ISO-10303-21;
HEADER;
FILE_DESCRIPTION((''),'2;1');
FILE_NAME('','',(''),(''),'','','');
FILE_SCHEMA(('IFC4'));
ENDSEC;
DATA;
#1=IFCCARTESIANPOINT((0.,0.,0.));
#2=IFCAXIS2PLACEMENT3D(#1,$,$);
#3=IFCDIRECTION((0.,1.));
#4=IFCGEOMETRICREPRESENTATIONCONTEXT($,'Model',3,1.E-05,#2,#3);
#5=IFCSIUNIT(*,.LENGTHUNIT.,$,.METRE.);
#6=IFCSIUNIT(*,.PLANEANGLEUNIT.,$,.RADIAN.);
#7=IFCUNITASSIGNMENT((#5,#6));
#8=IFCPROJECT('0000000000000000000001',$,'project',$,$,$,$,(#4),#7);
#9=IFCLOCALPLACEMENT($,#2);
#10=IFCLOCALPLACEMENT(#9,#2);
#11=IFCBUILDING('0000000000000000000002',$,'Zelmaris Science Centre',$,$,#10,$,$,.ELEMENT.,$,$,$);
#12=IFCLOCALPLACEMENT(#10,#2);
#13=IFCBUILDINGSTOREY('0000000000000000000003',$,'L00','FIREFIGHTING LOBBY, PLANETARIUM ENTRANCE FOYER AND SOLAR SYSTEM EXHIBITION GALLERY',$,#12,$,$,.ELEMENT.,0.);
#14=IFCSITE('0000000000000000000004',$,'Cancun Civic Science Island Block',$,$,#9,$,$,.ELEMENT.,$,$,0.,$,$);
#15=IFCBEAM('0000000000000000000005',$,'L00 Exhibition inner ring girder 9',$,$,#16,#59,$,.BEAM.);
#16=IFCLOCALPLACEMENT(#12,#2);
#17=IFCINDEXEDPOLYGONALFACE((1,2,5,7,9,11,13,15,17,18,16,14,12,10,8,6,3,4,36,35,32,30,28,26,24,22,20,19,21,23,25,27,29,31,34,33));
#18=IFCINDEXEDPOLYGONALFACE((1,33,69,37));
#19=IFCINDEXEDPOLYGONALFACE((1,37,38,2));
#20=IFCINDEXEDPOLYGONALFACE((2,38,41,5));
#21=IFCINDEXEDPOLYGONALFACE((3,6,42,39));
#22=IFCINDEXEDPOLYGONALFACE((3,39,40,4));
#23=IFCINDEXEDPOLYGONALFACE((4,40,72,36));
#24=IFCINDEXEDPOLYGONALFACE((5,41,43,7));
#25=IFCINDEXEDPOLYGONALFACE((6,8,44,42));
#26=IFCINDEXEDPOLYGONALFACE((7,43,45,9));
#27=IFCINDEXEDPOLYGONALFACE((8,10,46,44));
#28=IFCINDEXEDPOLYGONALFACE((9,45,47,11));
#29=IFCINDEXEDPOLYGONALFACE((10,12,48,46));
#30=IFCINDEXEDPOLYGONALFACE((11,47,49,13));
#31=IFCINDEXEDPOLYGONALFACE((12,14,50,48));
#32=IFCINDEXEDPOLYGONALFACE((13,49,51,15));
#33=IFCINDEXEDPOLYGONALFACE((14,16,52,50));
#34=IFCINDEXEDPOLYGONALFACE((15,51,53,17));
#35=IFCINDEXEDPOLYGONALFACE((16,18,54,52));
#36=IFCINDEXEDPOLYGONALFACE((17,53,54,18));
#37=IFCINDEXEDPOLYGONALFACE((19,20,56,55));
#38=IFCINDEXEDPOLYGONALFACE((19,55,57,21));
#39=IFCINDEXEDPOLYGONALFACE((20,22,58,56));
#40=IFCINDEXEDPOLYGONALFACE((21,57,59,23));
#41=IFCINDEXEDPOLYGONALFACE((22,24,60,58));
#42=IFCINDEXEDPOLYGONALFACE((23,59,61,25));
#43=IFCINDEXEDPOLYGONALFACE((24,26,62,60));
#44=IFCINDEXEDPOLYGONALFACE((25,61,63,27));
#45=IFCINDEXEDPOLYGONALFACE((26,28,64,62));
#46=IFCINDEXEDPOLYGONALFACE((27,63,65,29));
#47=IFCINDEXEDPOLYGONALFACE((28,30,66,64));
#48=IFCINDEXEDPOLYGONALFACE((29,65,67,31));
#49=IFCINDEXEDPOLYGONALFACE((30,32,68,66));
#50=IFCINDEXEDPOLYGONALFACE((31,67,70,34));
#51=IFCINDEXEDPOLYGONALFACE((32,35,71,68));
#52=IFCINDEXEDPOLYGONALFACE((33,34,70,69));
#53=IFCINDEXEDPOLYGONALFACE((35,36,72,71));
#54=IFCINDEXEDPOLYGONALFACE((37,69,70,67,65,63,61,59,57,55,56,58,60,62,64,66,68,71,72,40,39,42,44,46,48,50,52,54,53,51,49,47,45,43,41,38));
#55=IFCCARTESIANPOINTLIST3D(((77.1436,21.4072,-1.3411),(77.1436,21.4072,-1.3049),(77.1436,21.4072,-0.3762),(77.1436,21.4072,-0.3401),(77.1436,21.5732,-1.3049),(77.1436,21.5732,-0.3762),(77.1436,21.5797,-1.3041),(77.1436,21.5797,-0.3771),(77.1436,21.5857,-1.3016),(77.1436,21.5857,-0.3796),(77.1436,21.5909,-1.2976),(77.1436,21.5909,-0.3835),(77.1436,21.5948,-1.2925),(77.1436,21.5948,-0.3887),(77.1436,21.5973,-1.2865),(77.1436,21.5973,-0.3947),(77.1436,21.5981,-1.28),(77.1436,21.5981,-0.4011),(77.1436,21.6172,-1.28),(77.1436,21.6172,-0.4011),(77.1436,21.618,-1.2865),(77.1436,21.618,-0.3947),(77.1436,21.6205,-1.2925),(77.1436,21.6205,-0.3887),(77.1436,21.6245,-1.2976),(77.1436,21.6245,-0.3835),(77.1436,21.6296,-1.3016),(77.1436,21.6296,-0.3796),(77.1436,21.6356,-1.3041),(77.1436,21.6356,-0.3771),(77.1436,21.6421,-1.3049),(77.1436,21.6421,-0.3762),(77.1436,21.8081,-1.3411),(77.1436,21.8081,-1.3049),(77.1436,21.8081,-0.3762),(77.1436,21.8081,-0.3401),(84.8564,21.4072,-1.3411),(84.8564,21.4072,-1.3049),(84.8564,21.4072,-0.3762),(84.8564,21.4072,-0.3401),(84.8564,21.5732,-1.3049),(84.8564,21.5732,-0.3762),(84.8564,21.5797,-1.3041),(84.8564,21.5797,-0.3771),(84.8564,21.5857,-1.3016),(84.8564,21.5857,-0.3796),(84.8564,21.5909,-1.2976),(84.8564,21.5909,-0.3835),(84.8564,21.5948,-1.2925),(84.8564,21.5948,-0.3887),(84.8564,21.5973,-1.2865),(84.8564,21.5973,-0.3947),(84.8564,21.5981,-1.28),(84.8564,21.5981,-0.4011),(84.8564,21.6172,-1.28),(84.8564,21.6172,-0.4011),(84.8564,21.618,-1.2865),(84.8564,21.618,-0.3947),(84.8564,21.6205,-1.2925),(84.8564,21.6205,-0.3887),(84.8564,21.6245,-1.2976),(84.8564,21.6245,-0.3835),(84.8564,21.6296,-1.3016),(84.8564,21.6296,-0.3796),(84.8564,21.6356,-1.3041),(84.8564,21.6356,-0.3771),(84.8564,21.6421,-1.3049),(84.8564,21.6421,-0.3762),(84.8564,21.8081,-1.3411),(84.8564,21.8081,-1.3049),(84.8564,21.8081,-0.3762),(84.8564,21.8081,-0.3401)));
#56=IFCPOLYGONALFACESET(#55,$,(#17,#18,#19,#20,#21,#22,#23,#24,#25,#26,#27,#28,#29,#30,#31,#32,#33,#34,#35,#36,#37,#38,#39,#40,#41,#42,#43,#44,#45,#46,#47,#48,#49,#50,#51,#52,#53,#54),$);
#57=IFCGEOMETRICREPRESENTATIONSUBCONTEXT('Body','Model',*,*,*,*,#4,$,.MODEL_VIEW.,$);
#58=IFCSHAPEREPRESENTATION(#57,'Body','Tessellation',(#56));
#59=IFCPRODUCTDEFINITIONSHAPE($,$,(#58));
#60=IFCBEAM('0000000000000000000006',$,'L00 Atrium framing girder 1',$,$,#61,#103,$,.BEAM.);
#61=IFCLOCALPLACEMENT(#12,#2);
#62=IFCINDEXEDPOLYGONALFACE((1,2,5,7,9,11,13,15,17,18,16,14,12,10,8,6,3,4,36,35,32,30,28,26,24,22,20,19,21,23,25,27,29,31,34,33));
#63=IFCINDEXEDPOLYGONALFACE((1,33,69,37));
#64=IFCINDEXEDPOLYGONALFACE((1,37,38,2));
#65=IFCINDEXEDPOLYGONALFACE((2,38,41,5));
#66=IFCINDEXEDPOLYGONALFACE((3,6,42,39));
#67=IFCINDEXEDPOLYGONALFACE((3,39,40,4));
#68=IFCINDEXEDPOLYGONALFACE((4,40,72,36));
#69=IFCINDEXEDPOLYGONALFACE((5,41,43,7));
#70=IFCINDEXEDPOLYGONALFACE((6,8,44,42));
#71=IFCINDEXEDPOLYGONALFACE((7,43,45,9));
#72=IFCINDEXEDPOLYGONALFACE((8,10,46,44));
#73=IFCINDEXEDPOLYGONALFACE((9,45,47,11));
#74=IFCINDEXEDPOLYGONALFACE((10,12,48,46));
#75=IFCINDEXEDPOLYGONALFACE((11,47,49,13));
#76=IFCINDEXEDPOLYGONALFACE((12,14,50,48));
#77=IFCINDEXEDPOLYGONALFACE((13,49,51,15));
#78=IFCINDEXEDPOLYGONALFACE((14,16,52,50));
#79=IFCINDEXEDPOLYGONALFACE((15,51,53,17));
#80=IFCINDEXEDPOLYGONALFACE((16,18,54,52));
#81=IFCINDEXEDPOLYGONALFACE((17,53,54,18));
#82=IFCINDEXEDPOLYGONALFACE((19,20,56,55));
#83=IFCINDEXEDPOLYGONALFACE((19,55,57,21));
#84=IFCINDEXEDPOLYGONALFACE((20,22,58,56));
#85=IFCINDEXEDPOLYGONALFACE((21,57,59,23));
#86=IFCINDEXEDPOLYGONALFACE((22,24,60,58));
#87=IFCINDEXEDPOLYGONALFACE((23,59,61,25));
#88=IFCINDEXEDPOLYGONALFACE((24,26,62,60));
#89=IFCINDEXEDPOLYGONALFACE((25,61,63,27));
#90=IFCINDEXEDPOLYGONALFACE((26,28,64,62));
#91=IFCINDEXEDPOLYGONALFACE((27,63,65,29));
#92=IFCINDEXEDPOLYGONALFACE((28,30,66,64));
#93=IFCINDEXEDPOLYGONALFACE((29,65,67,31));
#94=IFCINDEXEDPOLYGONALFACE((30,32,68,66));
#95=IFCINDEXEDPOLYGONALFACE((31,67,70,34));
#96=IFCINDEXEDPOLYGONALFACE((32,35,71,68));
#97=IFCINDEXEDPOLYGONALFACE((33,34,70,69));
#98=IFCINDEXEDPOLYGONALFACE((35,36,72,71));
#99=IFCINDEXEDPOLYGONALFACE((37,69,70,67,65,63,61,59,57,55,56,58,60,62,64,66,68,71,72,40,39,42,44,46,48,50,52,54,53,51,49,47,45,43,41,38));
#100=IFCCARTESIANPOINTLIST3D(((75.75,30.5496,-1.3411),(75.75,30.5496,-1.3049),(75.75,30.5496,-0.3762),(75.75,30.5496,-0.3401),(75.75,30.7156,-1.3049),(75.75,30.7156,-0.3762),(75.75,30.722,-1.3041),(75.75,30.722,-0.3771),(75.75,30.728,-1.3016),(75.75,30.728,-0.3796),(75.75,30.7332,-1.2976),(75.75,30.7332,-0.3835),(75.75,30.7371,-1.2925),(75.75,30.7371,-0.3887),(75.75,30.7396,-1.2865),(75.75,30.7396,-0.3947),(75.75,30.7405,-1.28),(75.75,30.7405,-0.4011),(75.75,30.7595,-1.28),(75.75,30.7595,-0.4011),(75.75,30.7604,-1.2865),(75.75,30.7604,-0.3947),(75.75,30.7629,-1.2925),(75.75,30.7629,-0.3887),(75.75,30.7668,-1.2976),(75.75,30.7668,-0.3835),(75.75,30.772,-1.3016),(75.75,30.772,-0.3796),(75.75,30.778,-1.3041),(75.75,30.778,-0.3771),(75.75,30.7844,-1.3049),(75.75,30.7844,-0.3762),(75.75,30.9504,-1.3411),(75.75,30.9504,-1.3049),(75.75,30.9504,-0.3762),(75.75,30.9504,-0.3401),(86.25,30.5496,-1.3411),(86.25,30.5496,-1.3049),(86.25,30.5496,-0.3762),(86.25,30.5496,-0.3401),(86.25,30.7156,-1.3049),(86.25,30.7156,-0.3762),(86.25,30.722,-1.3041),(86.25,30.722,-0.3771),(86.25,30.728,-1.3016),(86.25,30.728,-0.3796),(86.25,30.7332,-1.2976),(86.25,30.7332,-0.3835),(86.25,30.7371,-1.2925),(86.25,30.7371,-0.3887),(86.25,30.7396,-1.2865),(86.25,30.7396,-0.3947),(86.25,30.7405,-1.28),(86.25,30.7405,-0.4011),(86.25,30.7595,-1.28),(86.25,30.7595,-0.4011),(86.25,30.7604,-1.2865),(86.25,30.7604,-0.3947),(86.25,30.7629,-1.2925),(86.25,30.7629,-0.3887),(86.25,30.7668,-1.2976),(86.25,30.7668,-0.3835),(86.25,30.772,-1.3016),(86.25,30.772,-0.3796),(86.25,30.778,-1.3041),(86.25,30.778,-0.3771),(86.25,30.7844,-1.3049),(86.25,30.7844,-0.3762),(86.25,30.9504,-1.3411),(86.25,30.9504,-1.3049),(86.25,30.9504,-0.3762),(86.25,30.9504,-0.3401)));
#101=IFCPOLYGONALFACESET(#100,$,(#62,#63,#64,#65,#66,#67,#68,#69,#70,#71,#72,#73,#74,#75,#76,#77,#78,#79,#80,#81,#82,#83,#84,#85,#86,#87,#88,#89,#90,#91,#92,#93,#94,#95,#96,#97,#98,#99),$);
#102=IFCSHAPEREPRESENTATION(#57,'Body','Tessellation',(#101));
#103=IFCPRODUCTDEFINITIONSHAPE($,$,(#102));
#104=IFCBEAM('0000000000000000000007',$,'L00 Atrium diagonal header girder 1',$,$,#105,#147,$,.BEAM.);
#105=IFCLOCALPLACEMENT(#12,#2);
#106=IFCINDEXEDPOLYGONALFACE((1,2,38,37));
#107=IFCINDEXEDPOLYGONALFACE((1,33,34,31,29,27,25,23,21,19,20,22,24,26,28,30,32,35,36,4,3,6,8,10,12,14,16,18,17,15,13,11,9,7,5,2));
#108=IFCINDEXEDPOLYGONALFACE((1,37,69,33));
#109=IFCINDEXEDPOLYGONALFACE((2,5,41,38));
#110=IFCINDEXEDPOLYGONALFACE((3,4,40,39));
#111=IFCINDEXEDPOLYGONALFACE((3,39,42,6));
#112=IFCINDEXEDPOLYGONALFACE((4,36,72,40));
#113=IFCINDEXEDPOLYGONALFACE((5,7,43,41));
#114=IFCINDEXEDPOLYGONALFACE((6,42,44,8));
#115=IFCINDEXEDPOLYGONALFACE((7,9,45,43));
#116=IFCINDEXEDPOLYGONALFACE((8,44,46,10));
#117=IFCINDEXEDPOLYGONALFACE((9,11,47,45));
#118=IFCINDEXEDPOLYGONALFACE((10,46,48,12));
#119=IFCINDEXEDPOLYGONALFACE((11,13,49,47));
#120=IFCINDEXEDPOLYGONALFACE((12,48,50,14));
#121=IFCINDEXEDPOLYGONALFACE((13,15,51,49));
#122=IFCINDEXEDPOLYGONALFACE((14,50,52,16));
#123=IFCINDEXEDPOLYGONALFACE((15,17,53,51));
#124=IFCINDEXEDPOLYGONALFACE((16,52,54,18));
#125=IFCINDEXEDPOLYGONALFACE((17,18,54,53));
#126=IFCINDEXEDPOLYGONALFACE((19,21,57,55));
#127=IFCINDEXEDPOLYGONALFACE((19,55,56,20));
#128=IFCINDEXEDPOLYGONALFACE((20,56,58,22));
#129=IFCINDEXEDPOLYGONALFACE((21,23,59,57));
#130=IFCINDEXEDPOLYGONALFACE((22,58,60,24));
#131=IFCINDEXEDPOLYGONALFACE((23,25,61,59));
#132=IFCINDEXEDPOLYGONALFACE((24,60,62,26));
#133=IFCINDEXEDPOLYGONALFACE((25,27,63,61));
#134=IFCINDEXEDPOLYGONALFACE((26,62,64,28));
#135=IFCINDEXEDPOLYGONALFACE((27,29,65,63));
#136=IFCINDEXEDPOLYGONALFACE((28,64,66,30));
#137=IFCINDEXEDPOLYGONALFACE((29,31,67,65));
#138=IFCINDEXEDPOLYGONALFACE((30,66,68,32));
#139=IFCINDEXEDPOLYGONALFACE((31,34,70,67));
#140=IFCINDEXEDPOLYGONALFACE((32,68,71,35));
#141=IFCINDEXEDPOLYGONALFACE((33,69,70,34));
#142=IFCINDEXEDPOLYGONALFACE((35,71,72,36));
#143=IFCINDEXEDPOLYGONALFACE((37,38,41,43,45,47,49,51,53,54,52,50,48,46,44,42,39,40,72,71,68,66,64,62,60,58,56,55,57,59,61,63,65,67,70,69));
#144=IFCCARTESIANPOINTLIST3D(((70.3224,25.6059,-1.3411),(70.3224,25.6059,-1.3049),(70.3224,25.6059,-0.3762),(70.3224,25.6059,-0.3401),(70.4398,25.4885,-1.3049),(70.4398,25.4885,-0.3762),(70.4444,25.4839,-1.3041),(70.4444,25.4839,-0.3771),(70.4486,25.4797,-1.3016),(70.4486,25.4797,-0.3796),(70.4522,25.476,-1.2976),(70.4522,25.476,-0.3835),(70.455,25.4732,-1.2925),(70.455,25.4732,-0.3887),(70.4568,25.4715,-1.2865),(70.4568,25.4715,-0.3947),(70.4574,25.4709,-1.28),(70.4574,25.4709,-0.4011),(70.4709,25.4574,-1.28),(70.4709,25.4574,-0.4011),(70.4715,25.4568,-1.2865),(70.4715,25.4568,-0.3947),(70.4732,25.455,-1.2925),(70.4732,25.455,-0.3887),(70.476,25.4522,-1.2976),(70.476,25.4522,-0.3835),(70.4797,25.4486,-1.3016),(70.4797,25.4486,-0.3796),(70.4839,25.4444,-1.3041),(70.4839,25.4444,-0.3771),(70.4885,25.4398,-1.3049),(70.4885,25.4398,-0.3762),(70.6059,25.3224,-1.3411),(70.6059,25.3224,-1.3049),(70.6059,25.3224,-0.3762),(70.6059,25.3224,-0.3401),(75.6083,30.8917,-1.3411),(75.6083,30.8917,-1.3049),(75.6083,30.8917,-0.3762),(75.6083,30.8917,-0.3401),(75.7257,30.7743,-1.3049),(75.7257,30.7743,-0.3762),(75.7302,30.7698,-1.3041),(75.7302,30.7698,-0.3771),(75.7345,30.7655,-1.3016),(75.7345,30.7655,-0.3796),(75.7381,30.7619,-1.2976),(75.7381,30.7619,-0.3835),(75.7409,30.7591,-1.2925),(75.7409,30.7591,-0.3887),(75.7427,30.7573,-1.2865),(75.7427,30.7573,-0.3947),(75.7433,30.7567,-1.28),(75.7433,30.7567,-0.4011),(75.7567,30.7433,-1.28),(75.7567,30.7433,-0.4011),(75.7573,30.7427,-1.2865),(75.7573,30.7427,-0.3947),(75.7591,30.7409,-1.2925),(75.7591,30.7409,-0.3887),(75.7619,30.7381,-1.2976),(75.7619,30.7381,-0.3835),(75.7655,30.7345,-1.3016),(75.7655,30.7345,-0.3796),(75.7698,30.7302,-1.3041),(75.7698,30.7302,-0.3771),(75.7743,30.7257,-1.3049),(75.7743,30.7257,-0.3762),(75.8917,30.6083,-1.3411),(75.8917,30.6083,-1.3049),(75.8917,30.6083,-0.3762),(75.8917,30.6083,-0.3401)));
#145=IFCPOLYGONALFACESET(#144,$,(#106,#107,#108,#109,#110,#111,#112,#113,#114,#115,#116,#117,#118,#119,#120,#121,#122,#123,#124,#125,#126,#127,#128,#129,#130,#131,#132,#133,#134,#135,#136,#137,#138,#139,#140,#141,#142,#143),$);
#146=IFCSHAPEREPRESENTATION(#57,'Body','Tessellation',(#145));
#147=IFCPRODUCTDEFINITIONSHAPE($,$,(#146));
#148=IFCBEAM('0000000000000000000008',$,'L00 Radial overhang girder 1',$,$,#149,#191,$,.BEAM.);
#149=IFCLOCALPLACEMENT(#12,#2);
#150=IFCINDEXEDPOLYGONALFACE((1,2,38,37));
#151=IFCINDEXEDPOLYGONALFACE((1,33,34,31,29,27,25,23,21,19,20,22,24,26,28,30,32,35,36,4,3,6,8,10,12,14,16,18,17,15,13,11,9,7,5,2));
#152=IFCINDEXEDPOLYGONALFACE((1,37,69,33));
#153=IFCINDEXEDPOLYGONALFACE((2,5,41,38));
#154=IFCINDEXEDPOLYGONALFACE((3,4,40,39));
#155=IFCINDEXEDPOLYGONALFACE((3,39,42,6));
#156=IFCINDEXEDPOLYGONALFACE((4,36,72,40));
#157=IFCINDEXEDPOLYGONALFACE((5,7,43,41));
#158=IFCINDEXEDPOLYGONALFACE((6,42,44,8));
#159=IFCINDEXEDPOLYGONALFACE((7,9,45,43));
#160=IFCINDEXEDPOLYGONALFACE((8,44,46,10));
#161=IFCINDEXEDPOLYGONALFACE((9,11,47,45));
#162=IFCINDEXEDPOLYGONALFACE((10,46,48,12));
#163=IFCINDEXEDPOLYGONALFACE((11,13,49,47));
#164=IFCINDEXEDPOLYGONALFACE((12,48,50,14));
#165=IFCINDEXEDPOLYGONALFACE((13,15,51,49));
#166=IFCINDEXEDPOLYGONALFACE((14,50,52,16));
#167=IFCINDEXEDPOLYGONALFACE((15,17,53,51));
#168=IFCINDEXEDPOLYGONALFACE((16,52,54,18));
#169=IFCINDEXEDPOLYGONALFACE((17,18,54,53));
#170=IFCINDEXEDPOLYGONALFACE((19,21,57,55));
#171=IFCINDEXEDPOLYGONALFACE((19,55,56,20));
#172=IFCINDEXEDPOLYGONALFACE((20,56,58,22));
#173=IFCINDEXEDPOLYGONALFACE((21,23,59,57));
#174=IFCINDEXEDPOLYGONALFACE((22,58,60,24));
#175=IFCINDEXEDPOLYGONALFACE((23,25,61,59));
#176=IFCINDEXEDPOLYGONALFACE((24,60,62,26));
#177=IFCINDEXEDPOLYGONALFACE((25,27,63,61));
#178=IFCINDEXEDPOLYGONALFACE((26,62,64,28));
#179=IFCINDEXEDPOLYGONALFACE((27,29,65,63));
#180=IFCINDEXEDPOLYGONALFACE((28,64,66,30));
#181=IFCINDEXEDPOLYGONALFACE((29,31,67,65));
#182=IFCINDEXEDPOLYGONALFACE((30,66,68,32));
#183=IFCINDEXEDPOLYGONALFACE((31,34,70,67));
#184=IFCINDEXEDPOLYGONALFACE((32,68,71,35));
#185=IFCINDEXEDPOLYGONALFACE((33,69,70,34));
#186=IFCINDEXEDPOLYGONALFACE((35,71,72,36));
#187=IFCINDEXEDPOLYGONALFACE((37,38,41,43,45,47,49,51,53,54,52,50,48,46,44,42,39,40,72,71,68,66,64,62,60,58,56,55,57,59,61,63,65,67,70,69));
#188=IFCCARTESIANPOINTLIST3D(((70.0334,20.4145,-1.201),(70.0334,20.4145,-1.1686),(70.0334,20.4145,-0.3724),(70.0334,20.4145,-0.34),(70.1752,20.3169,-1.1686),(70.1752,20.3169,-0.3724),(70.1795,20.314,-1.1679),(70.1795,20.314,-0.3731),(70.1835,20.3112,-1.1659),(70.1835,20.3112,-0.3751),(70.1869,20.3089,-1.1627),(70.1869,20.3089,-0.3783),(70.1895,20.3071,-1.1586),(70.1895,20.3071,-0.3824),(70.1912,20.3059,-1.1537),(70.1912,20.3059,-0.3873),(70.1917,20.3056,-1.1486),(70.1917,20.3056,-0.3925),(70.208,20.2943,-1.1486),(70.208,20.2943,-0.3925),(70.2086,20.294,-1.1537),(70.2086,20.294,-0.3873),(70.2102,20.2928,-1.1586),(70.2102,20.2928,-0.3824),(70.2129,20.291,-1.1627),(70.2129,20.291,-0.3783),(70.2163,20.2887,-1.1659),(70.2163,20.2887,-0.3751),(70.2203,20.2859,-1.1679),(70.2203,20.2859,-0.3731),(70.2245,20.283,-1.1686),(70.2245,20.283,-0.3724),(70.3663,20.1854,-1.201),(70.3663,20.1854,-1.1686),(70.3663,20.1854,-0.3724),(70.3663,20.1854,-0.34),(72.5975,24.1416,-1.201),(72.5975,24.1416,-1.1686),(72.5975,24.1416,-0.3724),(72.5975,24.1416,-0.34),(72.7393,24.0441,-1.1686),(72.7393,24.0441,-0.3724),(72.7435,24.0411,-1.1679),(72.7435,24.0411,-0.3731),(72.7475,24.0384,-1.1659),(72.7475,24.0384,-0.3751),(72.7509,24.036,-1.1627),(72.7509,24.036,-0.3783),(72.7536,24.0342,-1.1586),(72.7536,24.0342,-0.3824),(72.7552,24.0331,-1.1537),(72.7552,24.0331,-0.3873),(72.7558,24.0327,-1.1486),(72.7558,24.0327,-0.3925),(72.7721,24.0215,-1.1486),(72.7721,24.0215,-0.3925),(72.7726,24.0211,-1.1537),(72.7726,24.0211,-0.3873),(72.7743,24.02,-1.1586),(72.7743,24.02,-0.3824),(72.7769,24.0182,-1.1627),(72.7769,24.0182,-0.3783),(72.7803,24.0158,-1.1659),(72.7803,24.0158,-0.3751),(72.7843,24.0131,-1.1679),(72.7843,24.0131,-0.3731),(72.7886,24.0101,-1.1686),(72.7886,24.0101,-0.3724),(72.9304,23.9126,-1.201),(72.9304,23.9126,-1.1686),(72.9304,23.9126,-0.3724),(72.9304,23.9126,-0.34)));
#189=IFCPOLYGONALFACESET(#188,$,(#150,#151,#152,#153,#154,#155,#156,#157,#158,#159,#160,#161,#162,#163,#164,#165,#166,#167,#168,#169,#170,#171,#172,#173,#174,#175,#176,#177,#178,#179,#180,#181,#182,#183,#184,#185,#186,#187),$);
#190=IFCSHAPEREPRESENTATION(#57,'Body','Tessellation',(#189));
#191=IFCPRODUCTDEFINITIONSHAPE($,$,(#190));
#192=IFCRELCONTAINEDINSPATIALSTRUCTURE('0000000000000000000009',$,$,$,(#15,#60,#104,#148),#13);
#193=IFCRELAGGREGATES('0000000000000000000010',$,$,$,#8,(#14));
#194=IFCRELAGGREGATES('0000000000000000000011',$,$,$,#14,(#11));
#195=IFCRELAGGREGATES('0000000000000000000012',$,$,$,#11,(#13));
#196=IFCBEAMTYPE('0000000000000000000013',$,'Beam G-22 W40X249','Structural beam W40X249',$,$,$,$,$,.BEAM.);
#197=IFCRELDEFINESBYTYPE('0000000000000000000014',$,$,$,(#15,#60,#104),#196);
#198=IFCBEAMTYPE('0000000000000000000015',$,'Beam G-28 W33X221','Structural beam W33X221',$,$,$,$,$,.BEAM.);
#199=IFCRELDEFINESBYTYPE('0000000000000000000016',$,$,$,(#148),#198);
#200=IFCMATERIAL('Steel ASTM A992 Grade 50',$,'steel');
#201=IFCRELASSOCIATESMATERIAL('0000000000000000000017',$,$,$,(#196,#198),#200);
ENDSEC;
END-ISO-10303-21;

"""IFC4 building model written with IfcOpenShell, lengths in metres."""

from ifc_helpers import new_model, si_unit, direction, frame, origin, origin_2d, place, context, subcontext, project, spatial, i_section, extrude, material, material_profile, profile_set, type_object, element, save


model = new_model("IFC4")

# Units and contexts
model_context = context("Model", 3, precision=1e-05, world=origin(), true_north=direction((0.0, 1.0)))
body_context = subcontext(model_context, "Body", "Model", "MODEL_VIEW")
ifc_project = project(units=[si_unit("LENGTHUNIT", "METRE"), si_unit("PLANEANGLEUNIT", "RADIAN")], contexts=[model_context])

# Site, building, storey
site_placement = place(None, origin())
site = spatial("IfcSite", under=ifc_project, at=site_placement, Name="Cancun Civic Science Island Block", CompositionType="ELEMENT", RefElevation=0.0)
building_placement = place(site_placement, origin())
building = spatial("IfcBuilding", under=site, at=building_placement, Name="Zelmaris Science Centre", CompositionType="ELEMENT")
storey_placement = place(building_placement, origin())
storey = spatial("IfcBuildingStorey", under=building, at=storey_placement, Name="L00", Description="FIREFIGHTING LOBBY, PLANETARIUM ENTRANCE FOYER AND SOLAR SYSTEM EXHIBITION GALLERY", CompositionType="ELEMENT", Elevation=0.0)

# Shared definitions
ifc_material_1 = material(Name="Steel ASTM A992 Grade 50", Category="steel")

# Beams
ifc_material_profile_1 = material_profile(ifc_material_1, i_section(OverallWidth=0.4009, OverallDepth=1.001, WebThickness=0.019, FlangeThickness=0.0361, FilletRadius=0.0249, at=origin_2d()), Name="W40X249")
ifc_profile_set_1 = profile_set([ifc_material_profile_1], Name="Steel ASTM A992 Grade 50")
beam_type_1 = type_object("IfcBeamType", Name="Beam G-22 W40X249", Description="Structural beam W40X249", PredefinedType="BEAM", material=ifc_profile_set_1)
beam_1_placement = place(storey_placement, frame((77.1436, 21.6077, -0.8406), z_axis=(1.0, 0.0, 0.0), x_axis=(0.0, 1.0, 0.0)))
element("IfcBeam", 1, at=beam_1_placement, inside=storey, type_object=beam_type_1, Name="L00 Exhibition inner ring girder 9", PredefinedType="BEAM", context=body_context, shape_type="SweptSolid", body=[
    extrude(i_section(OverallWidth=0.4009, OverallDepth=1.001, WebThickness=0.019, FlangeThickness=0.0361, FilletRadius=0.0249, at=origin_2d()), origin(), (0.0, 0.0, 1.0), 7.7129),
])
beam_2_placement = place(storey_placement, frame((75.75, 30.75, -0.8406), z_axis=(1.0, 0.0, 0.0), x_axis=(0.0, 1.0, 0.0)))
element("IfcBeam", 2, at=beam_2_placement, inside=storey, type_object=beam_type_1, Name="L00 Atrium framing girder 1", PredefinedType="BEAM", context=body_context, shape_type="SweptSolid", body=[
    extrude(i_section(OverallWidth=0.4009, OverallDepth=1.001, WebThickness=0.019, FlangeThickness=0.0361, FilletRadius=0.0249, at=origin_2d()), origin(), (0.0, 0.0, 1.0), 10.5),
])
beam_3_placement = place(storey_placement, frame((75.75, 30.75, -0.8406), z_axis=(-0.707107, -0.707107, 0.0), x_axis=(0.707107, -0.707107, 0.0)))
element("IfcBeam", 3, at=beam_3_placement, inside=storey, type_object=beam_type_1, Name="L00 Atrium diagonal header girder 1", PredefinedType="BEAM", context=body_context, shape_type="SweptSolid", body=[
    extrude(i_section(OverallWidth=0.4009, OverallDepth=1.001, WebThickness=0.019, FlangeThickness=0.0361, FilletRadius=0.0249, at=origin_2d()), origin(), (0.0, 0.0, 1.0), 7.4753),
])
ifc_material_profile_2 = material_profile(ifc_material_1, i_section(OverallWidth=0.4041, OverallDepth=0.8611, WebThickness=0.0198, FlangeThickness=0.0325, FilletRadius=0.02, at=origin_2d()), Name="W33X221")
ifc_profile_set_2 = profile_set([ifc_material_profile_2], Name="Steel ASTM A992 Grade 50")
beam_type_2 = type_object("IfcBeamType", Name="Beam G-28 W33X221", Description="Structural beam W33X221", PredefinedType="BEAM", material=ifc_profile_set_2)
beam_4_placement = place(storey_placement, frame((72.7639, 24.0271, -0.7705), z_axis=(-0.566772, -0.823875, 0.0), x_axis=(0.823875, -0.566772, 0.0)))
element("IfcBeam", 4, at=beam_4_placement, inside=storey, type_object=beam_type_2, Name="L00 Radial overhang girder 1", PredefinedType="BEAM", context=body_context, shape_type="SweptSolid", body=[
    extrude(i_section(OverallWidth=0.4041, OverallDepth=0.8611, WebThickness=0.0198, FlangeThickness=0.0325, FilletRadius=0.02, at=origin_2d()), origin(), (0.0, 0.0, 1.0), 4.5239),
])

save(model, "model.ifc")
